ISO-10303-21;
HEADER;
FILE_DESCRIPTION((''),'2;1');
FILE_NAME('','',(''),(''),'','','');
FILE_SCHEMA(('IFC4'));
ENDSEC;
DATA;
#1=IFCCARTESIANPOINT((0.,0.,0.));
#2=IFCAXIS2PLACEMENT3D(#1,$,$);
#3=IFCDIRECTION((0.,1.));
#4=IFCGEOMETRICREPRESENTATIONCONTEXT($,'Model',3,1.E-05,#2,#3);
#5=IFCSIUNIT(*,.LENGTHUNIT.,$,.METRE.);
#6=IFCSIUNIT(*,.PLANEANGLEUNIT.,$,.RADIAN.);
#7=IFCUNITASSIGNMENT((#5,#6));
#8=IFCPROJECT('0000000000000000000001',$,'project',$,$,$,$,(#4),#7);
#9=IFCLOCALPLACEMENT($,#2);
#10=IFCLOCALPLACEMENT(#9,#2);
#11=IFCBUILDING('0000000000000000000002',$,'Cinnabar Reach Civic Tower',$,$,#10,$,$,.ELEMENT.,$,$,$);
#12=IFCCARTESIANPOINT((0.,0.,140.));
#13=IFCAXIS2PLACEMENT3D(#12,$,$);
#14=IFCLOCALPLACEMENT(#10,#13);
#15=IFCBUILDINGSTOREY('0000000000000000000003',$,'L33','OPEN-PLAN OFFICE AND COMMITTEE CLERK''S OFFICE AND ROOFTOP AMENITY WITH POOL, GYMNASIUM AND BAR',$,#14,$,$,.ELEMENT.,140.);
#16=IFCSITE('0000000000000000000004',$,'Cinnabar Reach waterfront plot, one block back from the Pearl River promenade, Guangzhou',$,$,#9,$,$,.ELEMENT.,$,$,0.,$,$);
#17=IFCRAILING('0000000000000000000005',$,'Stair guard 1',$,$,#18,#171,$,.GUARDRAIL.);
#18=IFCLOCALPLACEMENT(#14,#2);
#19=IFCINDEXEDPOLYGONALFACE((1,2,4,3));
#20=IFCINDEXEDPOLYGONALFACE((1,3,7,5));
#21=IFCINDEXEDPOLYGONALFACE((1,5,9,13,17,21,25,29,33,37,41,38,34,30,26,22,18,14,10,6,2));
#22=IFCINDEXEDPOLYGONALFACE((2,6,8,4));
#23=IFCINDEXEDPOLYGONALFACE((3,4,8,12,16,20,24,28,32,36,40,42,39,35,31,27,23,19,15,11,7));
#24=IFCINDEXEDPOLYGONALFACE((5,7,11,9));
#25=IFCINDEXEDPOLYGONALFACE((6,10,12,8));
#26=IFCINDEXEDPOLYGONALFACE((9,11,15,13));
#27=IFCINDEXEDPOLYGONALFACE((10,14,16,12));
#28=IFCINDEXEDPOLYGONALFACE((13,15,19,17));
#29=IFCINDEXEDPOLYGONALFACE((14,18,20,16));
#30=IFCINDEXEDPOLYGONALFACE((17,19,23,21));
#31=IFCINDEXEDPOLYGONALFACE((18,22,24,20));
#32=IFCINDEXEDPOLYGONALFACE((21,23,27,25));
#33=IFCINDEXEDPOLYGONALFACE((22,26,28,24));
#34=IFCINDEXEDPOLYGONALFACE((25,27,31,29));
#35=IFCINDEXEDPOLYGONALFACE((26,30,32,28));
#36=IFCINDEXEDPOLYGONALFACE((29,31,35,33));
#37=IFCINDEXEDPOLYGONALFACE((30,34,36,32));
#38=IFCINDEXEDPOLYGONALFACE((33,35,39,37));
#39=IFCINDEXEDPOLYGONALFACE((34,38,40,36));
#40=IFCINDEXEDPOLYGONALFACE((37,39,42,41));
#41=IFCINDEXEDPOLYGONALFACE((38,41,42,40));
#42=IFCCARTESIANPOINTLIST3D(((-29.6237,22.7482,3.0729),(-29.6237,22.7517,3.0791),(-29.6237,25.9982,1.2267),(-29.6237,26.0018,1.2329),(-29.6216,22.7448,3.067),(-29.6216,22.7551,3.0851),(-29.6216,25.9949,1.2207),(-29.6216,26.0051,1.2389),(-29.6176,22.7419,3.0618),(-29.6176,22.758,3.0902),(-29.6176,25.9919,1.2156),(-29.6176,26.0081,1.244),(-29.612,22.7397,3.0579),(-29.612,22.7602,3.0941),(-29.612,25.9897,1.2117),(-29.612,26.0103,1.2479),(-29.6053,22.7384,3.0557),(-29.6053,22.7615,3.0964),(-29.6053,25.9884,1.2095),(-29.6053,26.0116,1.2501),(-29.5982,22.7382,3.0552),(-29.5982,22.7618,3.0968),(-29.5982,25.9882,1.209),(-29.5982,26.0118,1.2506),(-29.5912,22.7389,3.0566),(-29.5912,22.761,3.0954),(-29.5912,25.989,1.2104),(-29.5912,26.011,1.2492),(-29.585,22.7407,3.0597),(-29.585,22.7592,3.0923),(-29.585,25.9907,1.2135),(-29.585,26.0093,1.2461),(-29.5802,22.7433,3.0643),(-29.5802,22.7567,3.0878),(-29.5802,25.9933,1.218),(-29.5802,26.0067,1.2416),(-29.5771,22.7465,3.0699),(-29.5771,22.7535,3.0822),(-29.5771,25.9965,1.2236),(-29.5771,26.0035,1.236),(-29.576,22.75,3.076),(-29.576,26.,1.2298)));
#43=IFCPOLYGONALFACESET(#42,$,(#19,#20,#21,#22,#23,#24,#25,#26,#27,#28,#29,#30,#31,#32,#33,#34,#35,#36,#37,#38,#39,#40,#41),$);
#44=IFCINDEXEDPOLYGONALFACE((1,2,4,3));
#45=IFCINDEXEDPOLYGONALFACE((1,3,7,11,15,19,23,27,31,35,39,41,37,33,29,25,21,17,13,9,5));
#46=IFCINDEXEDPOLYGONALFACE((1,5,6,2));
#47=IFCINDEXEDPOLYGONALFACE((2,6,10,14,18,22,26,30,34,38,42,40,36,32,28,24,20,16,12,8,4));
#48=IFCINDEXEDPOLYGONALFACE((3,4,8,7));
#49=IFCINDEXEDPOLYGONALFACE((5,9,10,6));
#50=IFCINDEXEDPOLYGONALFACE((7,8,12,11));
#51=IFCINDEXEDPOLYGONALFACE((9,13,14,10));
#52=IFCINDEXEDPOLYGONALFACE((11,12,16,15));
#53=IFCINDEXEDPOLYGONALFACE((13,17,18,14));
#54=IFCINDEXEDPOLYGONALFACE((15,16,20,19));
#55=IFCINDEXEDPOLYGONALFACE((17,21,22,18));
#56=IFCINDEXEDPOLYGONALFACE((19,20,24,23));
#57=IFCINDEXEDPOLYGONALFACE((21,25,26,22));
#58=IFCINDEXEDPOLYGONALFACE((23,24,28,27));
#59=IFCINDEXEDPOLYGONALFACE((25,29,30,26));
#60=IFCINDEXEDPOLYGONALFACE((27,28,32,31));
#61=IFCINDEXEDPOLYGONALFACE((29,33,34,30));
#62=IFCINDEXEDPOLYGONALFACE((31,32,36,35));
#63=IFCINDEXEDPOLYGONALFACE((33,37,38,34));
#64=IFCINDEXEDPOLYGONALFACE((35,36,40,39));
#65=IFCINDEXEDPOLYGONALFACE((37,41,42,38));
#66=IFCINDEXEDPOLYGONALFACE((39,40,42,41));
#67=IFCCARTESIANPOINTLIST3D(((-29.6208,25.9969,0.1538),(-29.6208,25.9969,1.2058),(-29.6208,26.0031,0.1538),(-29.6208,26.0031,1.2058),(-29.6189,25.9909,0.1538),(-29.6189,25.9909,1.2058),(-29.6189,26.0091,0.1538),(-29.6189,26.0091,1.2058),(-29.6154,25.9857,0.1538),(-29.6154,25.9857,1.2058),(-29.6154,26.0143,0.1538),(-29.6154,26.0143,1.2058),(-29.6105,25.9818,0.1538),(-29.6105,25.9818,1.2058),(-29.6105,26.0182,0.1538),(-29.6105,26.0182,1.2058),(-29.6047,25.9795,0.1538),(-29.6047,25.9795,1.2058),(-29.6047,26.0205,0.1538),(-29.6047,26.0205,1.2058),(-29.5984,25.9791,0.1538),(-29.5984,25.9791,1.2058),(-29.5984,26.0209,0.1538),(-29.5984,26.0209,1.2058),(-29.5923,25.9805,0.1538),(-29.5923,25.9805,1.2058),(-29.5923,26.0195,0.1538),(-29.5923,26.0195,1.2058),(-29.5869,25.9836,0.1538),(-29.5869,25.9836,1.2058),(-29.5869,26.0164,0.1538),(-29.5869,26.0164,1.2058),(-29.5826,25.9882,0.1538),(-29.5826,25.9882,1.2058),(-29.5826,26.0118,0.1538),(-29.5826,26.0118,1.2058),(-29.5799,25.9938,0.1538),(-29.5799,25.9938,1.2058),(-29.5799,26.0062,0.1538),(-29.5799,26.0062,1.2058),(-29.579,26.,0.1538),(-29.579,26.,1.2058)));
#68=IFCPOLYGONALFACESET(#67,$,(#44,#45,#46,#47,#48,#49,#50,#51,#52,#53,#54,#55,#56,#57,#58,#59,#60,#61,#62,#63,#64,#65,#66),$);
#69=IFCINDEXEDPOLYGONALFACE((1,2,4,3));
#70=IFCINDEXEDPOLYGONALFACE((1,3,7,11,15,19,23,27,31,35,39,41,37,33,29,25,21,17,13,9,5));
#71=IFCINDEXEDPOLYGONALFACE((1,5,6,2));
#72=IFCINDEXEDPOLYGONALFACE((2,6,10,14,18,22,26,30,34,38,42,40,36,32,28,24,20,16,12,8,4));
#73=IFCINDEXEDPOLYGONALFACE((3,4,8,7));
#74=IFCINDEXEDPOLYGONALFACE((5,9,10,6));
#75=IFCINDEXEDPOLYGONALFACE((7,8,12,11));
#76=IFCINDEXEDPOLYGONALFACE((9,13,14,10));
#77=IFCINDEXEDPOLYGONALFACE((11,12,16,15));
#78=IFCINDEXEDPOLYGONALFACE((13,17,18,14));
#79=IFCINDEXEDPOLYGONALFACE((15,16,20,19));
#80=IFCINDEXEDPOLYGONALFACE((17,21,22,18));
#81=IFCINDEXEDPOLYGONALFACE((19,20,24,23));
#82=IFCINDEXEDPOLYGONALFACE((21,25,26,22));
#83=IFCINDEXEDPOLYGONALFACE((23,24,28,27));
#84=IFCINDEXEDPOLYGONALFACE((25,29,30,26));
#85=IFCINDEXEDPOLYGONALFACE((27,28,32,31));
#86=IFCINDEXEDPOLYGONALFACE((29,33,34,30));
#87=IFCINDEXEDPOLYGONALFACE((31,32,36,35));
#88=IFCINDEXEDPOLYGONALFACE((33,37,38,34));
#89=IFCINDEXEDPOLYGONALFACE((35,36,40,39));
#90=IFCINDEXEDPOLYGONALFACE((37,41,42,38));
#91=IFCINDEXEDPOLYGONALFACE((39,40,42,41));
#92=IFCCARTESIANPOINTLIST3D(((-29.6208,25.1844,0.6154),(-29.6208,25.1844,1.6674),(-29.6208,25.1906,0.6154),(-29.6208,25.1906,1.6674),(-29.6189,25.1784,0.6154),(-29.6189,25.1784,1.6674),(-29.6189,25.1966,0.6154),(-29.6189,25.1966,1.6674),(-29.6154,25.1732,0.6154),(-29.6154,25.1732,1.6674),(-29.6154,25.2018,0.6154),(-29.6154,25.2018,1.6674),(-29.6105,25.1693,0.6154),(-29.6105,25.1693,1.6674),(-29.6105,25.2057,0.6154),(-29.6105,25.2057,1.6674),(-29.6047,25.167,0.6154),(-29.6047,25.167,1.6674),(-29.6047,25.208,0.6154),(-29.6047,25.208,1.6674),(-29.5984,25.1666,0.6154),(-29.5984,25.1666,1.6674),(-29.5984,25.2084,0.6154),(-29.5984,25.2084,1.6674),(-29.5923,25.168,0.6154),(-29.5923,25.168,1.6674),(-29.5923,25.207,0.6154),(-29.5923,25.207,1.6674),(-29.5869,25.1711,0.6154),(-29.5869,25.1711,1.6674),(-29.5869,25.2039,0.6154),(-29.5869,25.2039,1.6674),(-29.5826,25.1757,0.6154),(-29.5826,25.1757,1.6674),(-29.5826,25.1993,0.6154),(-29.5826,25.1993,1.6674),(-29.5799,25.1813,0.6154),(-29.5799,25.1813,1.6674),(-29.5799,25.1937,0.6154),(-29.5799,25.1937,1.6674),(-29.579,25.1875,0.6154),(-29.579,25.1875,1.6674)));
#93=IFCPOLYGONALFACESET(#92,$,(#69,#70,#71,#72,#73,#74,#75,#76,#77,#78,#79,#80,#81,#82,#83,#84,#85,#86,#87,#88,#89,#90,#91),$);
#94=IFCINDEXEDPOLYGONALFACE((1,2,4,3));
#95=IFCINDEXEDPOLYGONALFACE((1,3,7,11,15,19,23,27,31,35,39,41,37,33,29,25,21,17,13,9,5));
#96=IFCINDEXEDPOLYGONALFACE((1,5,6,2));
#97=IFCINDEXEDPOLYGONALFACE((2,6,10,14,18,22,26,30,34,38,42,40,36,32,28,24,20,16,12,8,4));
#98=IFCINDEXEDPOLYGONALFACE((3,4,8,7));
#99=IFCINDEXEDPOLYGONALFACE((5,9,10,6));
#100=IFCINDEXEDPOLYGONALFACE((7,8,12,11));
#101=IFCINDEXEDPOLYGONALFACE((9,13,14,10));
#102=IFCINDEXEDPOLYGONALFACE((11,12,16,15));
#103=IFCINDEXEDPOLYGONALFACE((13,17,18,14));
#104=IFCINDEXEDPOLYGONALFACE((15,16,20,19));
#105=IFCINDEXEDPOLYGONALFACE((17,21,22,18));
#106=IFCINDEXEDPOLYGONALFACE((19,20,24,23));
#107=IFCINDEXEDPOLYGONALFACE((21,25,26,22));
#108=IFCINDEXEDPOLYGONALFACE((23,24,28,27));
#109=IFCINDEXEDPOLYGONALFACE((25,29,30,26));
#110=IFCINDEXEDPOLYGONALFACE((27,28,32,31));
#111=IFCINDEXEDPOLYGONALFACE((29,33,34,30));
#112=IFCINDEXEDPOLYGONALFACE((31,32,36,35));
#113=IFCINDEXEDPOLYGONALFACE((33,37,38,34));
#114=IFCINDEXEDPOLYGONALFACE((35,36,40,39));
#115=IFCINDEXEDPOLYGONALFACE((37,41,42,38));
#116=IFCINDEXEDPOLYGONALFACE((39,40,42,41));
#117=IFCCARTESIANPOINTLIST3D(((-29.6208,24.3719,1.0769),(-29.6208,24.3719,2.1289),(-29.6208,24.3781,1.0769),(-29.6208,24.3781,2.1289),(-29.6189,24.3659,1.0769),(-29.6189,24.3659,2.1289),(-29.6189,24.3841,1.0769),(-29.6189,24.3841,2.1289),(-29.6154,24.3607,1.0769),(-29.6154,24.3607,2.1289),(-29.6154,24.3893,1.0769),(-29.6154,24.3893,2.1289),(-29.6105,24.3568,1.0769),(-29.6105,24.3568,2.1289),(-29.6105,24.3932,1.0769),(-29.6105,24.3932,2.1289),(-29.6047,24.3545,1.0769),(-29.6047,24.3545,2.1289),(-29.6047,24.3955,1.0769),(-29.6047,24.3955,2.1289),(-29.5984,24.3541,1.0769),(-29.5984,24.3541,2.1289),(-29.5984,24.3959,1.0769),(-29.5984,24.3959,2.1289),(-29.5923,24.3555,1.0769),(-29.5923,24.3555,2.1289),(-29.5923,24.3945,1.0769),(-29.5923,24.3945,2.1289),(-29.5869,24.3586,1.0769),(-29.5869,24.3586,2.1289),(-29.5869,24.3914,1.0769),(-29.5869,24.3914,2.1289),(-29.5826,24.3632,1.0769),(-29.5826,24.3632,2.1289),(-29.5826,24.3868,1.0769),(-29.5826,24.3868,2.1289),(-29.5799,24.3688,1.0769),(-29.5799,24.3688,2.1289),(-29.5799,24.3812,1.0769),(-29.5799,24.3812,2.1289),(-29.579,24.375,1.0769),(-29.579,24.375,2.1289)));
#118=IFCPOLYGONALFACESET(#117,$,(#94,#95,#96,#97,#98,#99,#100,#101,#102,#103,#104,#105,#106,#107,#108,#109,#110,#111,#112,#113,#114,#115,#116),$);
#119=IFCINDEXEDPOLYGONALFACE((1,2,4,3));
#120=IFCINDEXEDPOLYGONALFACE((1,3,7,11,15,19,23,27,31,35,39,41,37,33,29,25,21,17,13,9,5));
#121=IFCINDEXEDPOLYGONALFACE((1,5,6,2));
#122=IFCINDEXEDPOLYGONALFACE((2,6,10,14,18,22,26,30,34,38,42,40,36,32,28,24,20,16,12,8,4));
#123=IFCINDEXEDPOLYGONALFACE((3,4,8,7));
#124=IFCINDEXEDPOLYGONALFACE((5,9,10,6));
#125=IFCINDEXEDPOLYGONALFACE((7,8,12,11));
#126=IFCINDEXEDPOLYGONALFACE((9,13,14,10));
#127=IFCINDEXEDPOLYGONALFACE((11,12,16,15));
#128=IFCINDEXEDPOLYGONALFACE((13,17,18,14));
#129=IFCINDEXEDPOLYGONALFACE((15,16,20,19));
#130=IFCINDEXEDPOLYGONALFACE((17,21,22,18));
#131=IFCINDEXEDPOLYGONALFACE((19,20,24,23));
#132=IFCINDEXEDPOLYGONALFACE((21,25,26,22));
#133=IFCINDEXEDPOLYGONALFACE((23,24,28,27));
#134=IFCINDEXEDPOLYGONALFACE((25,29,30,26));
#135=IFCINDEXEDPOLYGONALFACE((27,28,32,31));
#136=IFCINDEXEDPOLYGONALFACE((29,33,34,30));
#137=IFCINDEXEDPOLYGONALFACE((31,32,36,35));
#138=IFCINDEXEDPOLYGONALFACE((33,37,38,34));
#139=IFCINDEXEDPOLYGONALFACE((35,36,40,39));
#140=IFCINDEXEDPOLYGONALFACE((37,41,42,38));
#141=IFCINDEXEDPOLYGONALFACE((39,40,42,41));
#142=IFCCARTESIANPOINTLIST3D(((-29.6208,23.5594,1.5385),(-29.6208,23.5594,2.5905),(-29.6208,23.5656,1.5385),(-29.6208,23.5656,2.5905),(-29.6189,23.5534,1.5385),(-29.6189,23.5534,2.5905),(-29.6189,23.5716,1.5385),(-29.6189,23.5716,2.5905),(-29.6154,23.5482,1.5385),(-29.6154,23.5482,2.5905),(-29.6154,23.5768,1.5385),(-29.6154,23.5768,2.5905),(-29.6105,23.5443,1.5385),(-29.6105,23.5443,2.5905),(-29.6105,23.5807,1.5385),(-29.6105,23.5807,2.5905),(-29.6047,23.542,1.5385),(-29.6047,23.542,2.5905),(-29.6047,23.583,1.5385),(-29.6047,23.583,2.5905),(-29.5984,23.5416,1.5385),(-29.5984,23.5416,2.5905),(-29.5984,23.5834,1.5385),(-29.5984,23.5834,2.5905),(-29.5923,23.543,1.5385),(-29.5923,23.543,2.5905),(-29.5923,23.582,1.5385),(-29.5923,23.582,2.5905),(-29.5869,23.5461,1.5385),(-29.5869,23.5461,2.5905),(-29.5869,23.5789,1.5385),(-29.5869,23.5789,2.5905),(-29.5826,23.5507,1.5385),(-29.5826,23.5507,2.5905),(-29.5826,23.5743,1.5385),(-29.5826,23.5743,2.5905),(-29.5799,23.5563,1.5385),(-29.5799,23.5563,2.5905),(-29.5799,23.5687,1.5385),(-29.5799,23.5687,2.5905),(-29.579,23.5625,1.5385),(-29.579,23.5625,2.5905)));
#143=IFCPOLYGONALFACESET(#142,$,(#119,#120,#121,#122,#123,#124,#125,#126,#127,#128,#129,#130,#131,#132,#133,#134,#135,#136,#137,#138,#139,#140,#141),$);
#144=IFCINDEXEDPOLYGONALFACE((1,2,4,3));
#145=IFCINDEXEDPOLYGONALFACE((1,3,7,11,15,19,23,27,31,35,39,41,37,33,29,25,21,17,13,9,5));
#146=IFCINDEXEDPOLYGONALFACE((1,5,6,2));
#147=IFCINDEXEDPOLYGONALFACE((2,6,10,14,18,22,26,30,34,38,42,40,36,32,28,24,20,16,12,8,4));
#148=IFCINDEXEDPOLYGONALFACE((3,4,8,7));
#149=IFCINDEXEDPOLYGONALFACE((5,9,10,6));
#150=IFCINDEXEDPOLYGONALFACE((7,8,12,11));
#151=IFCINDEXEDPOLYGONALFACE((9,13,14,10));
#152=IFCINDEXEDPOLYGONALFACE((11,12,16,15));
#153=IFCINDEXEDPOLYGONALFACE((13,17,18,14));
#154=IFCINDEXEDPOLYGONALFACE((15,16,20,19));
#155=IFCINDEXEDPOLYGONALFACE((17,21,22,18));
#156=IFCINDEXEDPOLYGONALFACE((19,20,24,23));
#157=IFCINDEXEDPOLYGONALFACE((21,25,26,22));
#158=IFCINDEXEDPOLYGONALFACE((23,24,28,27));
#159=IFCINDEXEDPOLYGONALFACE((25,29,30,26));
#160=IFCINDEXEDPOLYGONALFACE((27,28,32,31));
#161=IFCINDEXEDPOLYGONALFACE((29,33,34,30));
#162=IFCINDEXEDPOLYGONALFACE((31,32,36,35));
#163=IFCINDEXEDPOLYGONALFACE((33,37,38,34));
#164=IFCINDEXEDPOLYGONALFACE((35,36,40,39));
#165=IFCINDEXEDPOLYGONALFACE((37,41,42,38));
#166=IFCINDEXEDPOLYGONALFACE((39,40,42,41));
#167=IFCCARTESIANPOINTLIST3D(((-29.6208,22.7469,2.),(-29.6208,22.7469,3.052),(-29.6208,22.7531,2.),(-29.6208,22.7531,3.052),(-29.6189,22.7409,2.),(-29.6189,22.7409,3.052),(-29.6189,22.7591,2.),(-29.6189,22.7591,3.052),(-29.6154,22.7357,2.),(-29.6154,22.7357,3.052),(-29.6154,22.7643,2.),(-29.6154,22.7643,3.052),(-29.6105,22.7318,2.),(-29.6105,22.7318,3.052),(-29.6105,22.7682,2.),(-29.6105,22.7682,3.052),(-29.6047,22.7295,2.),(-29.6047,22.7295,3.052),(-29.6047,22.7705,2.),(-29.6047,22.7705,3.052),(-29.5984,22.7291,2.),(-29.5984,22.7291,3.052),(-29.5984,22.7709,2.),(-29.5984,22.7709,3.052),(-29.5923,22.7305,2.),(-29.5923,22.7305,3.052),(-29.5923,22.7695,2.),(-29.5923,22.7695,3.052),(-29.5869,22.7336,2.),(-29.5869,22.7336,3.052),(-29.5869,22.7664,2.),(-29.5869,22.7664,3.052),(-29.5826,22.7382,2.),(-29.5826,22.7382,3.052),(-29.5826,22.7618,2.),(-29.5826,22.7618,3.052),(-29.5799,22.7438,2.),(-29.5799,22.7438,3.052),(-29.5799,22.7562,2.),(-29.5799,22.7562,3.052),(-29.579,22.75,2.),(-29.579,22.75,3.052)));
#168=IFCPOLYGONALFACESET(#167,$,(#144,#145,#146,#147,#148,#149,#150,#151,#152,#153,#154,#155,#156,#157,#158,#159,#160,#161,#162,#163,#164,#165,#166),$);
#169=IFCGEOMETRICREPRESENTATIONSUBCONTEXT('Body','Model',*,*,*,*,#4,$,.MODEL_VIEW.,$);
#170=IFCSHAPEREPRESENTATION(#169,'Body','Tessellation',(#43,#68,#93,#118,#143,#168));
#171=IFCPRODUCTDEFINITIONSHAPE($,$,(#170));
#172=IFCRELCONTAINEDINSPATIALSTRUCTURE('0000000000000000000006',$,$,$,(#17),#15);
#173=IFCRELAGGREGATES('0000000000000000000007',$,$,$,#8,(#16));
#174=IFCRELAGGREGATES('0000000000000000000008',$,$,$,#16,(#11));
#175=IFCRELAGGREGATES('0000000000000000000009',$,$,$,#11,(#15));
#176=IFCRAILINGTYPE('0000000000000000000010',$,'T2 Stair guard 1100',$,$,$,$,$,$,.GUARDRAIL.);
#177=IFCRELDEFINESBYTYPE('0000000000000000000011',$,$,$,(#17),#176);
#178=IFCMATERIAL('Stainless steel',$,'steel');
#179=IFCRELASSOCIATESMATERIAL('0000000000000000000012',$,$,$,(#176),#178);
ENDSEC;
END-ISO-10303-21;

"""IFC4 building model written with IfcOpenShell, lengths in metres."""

from ifc_helpers import new_model, si_unit, direction, frame, origin, origin_2d, place, context, subcontext, project, spatial, circle, extrude, material, type_object, element, save


model = new_model("IFC4")

# Units and contexts
model_context = context("Model", 3, precision=1e-05, world=origin(), true_north=direction((0.0, 1.0)))
body_context = subcontext(model_context, "Body", "Model", "MODEL_VIEW")
ifc_project = project(units=[si_unit("LENGTHUNIT", "METRE"), si_unit("PLANEANGLEUNIT", "RADIAN")], contexts=[model_context])

# Site, building, storey
site_placement = place(None, origin())
site = spatial("IfcSite", under=ifc_project, at=site_placement, Name="Cinnabar Reach waterfront plot, one block back from the Pearl River promenade, Guangzhou", CompositionType="ELEMENT", RefElevation=0.0)
building_placement = place(site_placement, origin())
building = spatial("IfcBuilding", under=site, at=building_placement, Name="Cinnabar Reach Civic Tower", CompositionType="ELEMENT")
storey_placement = place(building_placement, frame((0.0, 0.0, 140.0)))
storey = spatial("IfcBuildingStorey", under=building, at=storey_placement, Name="L33", Description="OPEN-PLAN OFFICE AND COMMITTEE CLERK'S OFFICE AND ROOFTOP AMENITY WITH POOL, GYMNASIUM AND BAR", CompositionType="ELEMENT", Elevation=140.0)

# Railing
ifc_material_1 = material(Name="Stainless steel", Category="steel")
railing_type = type_object("IfcRailingType", Name="T2 Stair guard 1100", PredefinedType="GUARDRAIL", material=ifc_material_1)
railing_1_placement = place(storey_placement, frame((-29.6, 26.0, 0.1538)))
element("IfcRailing", 1, at=railing_1_placement, inside=storey, type_object=railing_type, Name="Stair guard 1", PredefinedType="GUARDRAIL", context=body_context, shape_type="SweptSolid", body=[
    extrude(circle(Radius=0.024, at=origin_2d()), frame((0.0, 0.0, 1.076), z_axis=(0.0, -0.869501, 0.49393), x_axis=(1.0, 0.0, 0.0)), (0.0, 0.0, 1.0), 3.7378),
    extrude(circle(Radius=0.021, at=origin_2d()), origin(), (0.0, 0.0, 1.0), 1.052),
    extrude(circle(Radius=0.021, at=origin_2d()), frame((0.0, -0.8125, 0.4616)), (0.0, 0.0, 1.0), 1.052),
    extrude(circle(Radius=0.021, at=origin_2d()), frame((0.0, -1.625, 0.9231)), (0.0, 0.0, 1.0), 1.052),
    extrude(circle(Radius=0.021, at=origin_2d()), frame((0.0, -2.4375, 1.3847)), (0.0, 0.0, 1.0), 1.052),
    extrude(circle(Radius=0.021, at=origin_2d()), frame((0.0, -3.25, 1.8462)), (0.0, 0.0, 1.0), 1.052),
])

save(model, "model.ifc")
